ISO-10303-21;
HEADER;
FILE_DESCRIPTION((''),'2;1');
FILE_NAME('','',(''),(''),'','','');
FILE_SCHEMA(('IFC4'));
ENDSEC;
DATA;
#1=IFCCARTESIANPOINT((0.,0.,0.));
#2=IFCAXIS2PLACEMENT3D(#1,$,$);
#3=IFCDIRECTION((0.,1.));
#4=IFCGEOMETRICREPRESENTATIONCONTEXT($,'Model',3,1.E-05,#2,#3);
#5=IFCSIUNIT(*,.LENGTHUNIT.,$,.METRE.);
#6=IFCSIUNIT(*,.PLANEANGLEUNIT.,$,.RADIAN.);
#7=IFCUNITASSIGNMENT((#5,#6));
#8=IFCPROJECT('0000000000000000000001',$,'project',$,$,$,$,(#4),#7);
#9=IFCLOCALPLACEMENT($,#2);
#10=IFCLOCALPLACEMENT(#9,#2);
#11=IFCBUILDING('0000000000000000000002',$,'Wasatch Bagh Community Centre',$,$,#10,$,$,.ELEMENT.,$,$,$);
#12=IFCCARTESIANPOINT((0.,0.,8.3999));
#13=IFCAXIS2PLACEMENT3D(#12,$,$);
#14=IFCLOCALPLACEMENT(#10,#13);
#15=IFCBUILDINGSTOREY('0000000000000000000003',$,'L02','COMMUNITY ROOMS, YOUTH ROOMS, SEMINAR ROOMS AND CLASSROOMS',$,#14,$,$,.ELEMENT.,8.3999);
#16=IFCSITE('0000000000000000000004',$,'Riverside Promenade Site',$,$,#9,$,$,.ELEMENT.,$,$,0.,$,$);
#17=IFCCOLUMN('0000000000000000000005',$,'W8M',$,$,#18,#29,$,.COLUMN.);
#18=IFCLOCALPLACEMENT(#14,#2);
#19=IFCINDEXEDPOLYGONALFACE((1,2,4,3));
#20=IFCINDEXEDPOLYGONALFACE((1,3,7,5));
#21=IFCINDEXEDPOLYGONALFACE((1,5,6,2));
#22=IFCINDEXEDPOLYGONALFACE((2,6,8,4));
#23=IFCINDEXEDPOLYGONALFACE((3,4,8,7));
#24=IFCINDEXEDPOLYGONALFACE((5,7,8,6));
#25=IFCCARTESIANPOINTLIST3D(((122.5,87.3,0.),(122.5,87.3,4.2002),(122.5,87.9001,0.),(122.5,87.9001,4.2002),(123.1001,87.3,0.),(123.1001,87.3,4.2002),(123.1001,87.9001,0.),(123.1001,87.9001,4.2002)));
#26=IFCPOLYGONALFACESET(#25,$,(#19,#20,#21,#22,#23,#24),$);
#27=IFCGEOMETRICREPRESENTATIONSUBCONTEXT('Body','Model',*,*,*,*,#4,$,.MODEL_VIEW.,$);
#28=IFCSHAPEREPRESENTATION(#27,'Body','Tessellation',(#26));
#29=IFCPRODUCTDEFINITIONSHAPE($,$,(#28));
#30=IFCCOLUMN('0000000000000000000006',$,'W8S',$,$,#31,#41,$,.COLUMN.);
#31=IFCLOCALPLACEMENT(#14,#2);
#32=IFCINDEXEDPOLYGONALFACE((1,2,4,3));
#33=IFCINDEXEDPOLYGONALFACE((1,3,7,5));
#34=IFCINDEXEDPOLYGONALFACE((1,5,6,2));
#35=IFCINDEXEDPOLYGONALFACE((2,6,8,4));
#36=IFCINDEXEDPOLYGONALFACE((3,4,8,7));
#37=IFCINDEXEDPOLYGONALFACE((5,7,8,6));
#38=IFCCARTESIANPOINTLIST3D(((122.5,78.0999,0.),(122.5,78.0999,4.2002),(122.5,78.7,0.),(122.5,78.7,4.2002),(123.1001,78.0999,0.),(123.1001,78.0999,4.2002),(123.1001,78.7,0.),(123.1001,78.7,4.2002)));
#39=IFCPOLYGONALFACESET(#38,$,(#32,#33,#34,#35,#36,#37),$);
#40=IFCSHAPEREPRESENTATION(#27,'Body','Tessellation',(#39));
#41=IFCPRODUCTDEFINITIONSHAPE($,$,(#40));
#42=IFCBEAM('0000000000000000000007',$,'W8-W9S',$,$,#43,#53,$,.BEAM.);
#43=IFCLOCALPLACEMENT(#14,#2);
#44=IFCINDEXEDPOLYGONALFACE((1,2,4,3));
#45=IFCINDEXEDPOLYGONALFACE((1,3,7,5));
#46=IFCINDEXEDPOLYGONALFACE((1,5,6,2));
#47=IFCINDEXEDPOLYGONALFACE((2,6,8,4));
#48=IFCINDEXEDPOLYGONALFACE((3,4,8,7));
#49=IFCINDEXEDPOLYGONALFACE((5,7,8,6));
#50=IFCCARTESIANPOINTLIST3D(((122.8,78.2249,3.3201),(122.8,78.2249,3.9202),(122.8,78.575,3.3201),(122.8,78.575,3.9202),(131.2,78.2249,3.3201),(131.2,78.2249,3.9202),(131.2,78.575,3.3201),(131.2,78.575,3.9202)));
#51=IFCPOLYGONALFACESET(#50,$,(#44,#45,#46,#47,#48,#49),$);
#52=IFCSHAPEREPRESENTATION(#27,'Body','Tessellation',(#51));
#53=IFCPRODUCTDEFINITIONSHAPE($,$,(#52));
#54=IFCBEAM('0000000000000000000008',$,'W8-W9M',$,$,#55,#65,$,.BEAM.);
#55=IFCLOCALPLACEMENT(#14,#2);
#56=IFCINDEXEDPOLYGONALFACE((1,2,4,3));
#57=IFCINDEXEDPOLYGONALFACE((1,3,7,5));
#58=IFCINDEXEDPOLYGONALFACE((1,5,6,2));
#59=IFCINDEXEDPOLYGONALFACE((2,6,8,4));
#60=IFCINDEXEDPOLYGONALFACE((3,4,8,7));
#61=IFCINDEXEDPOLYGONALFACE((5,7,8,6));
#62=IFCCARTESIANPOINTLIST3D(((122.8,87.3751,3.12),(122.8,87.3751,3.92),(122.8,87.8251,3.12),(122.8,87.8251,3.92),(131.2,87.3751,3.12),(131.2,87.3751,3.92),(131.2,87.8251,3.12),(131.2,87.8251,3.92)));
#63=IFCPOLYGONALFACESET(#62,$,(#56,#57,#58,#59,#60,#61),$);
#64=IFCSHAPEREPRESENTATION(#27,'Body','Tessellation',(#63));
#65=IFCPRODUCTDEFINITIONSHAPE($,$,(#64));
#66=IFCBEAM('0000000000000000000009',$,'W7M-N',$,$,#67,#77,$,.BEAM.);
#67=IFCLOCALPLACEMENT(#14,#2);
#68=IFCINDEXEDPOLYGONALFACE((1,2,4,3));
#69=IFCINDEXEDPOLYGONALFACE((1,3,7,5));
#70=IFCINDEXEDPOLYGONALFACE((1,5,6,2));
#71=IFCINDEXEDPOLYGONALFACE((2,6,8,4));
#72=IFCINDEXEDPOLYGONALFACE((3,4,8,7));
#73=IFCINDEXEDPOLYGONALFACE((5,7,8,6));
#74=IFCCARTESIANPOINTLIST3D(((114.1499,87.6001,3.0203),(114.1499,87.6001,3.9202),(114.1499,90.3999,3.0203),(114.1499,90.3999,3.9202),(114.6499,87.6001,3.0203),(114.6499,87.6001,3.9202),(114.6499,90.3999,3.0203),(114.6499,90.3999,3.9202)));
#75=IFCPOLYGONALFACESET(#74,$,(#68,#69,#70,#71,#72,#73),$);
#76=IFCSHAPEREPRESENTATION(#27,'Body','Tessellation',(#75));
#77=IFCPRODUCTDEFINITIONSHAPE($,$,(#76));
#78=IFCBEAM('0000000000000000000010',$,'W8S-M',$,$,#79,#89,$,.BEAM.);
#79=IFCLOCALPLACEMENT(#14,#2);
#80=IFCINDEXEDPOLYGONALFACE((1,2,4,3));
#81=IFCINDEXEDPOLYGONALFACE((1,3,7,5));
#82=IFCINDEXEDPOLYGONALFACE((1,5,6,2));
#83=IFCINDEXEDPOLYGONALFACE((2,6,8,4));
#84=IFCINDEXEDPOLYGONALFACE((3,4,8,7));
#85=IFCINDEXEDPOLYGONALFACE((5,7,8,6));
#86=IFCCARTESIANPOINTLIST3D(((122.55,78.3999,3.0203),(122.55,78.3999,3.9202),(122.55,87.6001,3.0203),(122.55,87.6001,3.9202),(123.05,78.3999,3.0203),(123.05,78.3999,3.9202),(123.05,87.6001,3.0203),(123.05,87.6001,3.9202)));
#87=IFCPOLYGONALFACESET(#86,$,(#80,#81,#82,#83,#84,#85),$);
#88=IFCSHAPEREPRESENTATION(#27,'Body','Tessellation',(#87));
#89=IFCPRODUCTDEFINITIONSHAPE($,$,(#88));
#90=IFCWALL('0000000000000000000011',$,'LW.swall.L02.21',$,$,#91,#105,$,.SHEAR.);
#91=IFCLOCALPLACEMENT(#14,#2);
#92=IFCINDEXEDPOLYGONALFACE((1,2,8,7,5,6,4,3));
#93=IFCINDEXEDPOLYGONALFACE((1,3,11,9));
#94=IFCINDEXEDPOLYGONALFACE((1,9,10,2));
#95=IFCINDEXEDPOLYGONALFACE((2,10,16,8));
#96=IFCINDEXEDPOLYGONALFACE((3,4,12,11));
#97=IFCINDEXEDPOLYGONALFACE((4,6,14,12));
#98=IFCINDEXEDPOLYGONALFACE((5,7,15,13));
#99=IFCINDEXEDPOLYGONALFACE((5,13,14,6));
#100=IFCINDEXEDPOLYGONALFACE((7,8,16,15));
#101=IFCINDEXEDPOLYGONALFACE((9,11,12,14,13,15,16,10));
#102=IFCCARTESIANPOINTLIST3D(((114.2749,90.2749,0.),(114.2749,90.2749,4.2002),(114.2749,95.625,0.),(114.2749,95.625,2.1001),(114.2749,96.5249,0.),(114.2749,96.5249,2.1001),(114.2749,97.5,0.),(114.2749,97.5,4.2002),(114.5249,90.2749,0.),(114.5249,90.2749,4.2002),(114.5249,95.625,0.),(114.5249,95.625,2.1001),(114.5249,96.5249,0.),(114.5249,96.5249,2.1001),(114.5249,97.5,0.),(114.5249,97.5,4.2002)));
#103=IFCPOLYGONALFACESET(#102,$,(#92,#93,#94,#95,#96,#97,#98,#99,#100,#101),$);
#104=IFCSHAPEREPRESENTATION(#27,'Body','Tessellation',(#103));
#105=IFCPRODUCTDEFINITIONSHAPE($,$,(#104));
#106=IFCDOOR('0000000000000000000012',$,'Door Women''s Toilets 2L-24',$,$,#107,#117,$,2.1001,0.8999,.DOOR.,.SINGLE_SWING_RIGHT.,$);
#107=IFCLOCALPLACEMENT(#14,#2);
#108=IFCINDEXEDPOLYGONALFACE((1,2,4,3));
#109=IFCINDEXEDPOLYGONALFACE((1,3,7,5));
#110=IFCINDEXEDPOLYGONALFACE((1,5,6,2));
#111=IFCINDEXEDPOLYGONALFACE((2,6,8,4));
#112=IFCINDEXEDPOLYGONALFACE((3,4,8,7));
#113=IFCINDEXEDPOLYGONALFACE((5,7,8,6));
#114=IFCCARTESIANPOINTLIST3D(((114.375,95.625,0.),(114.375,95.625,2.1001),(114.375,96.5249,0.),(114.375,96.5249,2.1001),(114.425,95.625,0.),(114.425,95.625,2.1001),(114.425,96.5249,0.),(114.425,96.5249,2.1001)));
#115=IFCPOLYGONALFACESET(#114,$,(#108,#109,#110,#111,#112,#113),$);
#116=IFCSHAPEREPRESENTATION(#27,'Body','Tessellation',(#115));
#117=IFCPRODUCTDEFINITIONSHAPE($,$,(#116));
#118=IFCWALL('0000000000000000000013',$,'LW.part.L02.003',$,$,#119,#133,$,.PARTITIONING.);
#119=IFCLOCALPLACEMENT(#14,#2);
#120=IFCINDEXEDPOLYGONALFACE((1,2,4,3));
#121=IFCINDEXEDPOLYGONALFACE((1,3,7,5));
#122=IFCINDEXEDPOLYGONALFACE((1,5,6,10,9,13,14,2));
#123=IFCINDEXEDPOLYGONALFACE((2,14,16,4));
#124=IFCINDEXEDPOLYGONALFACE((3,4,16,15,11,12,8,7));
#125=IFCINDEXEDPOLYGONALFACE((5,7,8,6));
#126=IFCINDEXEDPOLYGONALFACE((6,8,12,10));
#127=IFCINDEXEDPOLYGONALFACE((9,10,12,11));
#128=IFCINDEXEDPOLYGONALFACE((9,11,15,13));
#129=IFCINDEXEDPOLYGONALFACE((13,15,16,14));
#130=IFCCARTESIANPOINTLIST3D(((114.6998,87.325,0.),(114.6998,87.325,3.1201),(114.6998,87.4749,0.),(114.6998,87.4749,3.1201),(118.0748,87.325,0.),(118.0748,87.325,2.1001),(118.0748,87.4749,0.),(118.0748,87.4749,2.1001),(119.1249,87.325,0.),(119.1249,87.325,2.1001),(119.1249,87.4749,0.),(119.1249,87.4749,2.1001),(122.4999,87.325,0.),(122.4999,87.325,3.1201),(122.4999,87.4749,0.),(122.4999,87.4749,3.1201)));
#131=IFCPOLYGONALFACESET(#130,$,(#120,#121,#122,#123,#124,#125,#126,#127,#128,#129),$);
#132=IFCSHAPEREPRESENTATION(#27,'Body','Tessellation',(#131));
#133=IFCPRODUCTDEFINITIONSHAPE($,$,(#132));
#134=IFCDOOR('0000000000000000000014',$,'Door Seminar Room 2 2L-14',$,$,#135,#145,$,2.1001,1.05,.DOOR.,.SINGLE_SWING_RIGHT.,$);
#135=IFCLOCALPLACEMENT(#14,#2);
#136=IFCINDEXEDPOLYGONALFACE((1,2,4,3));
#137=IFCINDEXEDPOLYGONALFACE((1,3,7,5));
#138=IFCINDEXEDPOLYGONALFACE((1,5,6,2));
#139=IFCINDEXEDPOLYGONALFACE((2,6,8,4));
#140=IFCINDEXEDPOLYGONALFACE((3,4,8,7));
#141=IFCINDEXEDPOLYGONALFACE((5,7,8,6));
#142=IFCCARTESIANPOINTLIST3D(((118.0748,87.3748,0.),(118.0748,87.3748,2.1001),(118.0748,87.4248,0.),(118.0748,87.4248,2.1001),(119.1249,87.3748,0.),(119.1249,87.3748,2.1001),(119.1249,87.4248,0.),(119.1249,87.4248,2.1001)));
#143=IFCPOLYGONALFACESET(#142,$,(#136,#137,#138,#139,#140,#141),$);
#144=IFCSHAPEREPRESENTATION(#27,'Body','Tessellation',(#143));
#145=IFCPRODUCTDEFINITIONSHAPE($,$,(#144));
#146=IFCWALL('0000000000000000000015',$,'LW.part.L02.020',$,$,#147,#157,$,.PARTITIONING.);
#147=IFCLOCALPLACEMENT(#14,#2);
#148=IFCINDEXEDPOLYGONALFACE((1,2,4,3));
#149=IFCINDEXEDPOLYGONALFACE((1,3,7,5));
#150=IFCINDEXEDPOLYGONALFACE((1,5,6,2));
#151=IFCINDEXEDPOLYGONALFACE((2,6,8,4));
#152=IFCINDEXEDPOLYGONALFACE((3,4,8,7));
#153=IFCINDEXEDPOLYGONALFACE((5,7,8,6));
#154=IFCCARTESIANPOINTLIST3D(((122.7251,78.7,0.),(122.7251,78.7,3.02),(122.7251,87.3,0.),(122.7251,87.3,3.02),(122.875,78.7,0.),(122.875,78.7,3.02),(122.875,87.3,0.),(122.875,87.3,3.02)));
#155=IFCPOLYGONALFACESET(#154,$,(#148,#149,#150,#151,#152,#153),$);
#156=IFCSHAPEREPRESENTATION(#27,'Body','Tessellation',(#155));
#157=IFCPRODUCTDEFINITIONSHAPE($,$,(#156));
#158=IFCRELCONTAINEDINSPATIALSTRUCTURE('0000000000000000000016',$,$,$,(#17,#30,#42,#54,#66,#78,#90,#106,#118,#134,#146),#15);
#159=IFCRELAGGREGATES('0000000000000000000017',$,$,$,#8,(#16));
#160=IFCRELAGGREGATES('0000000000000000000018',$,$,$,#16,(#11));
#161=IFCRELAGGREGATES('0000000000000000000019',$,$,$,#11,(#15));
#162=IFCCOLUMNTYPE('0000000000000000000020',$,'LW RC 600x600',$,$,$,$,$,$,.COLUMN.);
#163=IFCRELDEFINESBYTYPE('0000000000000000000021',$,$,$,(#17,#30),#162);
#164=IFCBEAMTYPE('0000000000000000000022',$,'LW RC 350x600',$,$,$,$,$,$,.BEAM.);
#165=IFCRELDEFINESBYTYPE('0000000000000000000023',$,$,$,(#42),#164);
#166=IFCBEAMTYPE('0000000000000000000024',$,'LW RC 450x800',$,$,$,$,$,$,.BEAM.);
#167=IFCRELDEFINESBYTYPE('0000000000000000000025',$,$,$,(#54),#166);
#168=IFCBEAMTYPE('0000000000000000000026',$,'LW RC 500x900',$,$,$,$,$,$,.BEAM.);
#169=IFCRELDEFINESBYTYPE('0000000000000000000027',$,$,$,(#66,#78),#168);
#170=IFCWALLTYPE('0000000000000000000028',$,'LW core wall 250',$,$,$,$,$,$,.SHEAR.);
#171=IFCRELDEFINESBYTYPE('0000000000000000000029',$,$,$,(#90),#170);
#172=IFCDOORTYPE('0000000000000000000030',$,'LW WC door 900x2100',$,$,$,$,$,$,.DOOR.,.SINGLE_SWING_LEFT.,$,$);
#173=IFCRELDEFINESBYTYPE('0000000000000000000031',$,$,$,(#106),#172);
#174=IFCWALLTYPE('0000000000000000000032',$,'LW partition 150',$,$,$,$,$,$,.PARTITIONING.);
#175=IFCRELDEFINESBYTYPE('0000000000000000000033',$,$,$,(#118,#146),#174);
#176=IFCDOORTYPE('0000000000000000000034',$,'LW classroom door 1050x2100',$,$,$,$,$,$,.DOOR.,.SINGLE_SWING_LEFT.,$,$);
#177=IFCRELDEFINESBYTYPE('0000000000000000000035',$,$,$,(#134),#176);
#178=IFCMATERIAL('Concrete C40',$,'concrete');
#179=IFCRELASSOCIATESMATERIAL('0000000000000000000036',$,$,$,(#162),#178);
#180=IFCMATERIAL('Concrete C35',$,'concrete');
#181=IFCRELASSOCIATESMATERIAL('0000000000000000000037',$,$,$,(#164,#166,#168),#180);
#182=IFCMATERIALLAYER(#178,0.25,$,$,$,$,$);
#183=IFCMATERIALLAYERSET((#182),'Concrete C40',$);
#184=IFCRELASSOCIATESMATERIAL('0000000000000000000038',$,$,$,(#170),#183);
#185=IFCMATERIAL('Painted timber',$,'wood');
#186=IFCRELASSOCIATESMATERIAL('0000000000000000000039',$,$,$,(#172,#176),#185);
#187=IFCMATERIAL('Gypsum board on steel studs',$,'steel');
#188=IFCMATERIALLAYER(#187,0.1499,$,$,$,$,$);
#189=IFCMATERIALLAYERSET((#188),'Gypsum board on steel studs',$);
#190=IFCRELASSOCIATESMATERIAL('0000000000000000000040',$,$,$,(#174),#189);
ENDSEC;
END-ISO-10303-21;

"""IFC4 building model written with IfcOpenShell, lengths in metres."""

from ifc_helpers import new_model, si_unit, direction, frame, frame_2d, origin, origin_2d, place, context, subcontext, project, spatial, rectangle, extrude, material, layer, layer_set, material_profile, profile_set, type_object, element, fill, save


model = new_model("IFC4")

# Units and contexts
model_context = context("Model", 3, precision=1e-05, world=origin(), true_north=direction((0.0, 1.0)))
body_context = subcontext(model_context, "Body", "Model", "MODEL_VIEW")
ifc_project = project(units=[si_unit("LENGTHUNIT", "METRE"), si_unit("PLANEANGLEUNIT", "RADIAN")], contexts=[model_context])

# Site, building, storey
site_placement = place(None, origin())
site = spatial("IfcSite", under=ifc_project, at=site_placement, Name="Riverside Promenade Site", CompositionType="ELEMENT", RefElevation=0.0)
building_placement = place(site_placement, origin())
building = spatial("IfcBuilding", under=site, at=building_placement, Name="Wasatch Bagh Community Centre", CompositionType="ELEMENT")
storey_placement = place(building_placement, frame((0.0, 0.0, 8.3999)))
storey = spatial("IfcBuildingStorey", under=building, at=storey_placement, Name="L02", Description="COMMUNITY ROOMS, YOUTH ROOMS, SEMINAR ROOMS AND CLASSROOMS", CompositionType="ELEMENT", Elevation=8.3999)

# Columns
ifc_material_1 = material(Name="Concrete C40", Category="concrete")
ifc_material_profile_1 = material_profile(ifc_material_1, rectangle(XDim=0.6001, YDim=0.6001, at=origin_2d()), Name="RC 600x600")
ifc_profile_set_1 = profile_set([ifc_material_profile_1], Name="Concrete C40")
column_type = type_object("IfcColumnType", Name="LW RC 600x600", PredefinedType="COLUMN", material=ifc_profile_set_1)
for number, where, z_axis, x_axis, name in (
    (1, (122.8, 87.6001, 0.0), (0.0, 0.0, 1.0), (1.0, 0.0, 0.0), "W8M"),
    (2, (122.8, 78.3999, 0.0), (0.0, 0.0, 1.0), (1.0, 0.0, 0.0), "W8S"),
):
    element("IfcColumn", number, at=place(storey_placement, frame(where, z_axis=z_axis, x_axis=x_axis)), inside=storey, type_object=column_type, Name=name, PredefinedType="COLUMN", context=body_context, shape_type="SweptSolid", body=[
        extrude(rectangle(XDim=0.6001, YDim=0.6001, at=origin_2d()), origin(), (0.0, 0.0, 1.0), 4.2002),
    ])

# Beams
ifc_material_2 = material(Name="Concrete C35", Category="concrete")
ifc_material_profile_2 = material_profile(ifc_material_2, rectangle(XDim=0.3501, YDim=0.6001, at=origin_2d()), Name="RC 350x600")
ifc_profile_set_2 = profile_set([ifc_material_profile_2], Name="Concrete C35")
beam_type_1 = type_object("IfcBeamType", Name="LW RC 350x600", PredefinedType="BEAM", material=ifc_profile_set_2)
beam_1_placement = place(storey_placement, frame((122.8, 78.3999, 3.6201), z_axis=(1.0, 0.0, 0.0), x_axis=(0.0, 1.0, 0.0)))
element("IfcBeam", 3, at=beam_1_placement, inside=storey, type_object=beam_type_1, Name="W8-W9S", PredefinedType="BEAM", context=body_context, shape_type="SweptSolid", body=[
    extrude(rectangle(XDim=0.3501, YDim=0.6001, at=origin_2d()), origin(), (0.0, 0.0, 1.0), 8.3999),
])
ifc_material_profile_3 = material_profile(ifc_material_2, rectangle(XDim=0.45, YDim=0.8, at=origin_2d()), Name="RC 450x800")
ifc_profile_set_3 = profile_set([ifc_material_profile_3], Name="Concrete C35")
beam_type_2 = type_object("IfcBeamType", Name="LW RC 450x800", PredefinedType="BEAM", material=ifc_profile_set_3)
beam_2_placement = place(storey_placement, frame((122.8, 87.6001, 3.52), z_axis=(1.0, 0.0, 0.0), x_axis=(0.0, 1.0, 0.0)))
element("IfcBeam", 4, at=beam_2_placement, inside=storey, type_object=beam_type_2, Name="W8-W9M", PredefinedType="BEAM", context=body_context, shape_type="SweptSolid", body=[
    extrude(rectangle(XDim=0.45, YDim=0.8, at=origin_2d()), origin(), (0.0, 0.0, 1.0), 8.3999),
])
ifc_material_profile_4 = material_profile(ifc_material_2, rectangle(XDim=0.5, YDim=0.8999, at=origin_2d()), Name="RC 500x900")
ifc_profile_set_4 = profile_set([ifc_material_profile_4], Name="Concrete C35")
beam_type_3 = type_object("IfcBeamType", Name="LW RC 500x900", PredefinedType="BEAM", material=ifc_profile_set_4)
beam_3_placement = place(storey_placement, frame((114.3999, 87.6001, 3.4702), z_axis=(0.0, 1.0, 0.0), x_axis=(-1.0, 0.0, 0.0)))
element("IfcBeam", 5, at=beam_3_placement, inside=storey, type_object=beam_type_3, Name="W7M-N", PredefinedType="BEAM", context=body_context, shape_type="SweptSolid", body=[
    extrude(rectangle(XDim=0.5, YDim=0.8999, at=origin_2d()), origin(), (0.0, 0.0, 1.0), 2.7998),
])
beam_4_placement = place(storey_placement, frame((122.8, 78.3999, 3.4702), z_axis=(0.0, 1.0, 0.0), x_axis=(-1.0, 0.0, 0.0)))
element("IfcBeam", 6, at=beam_4_placement, inside=storey, type_object=beam_type_3, Name="W8S-M", PredefinedType="BEAM", context=body_context, shape_type="SweptSolid", body=[
    extrude(rectangle(XDim=0.5, YDim=0.8999, at=origin_2d()), origin(), (0.0, 0.0, 1.0), 9.2002),
])

# Wall, opening, door
ifc_layer_1 = layer(ifc_material_1, 0.25)
ifc_layer_set_1 = layer_set([ifc_layer_1], Name="Concrete C40")
wall_type_1 = type_object("IfcWallType", Name="LW core wall 250", PredefinedType="SHEAR", material=ifc_layer_set_1)
wall_1_placement = place(storey_placement, frame((114.3999, 90.2749, 0.0), z_axis=(0.0, 0.0, 1.0), x_axis=(0.0, 1.0, 0.0)))
wall_1 = element("IfcWall", 7, at=wall_1_placement, inside=storey, type_object=wall_type_1, Name="LW.swall.L02.21", PredefinedType="SHEAR", context=body_context, shape_type="SweptSolid", body=[
    extrude(rectangle(XDim=7.2251, YDim=0.25, at=frame_2d((3.6125, 0.0))), origin(), (0.0, 0.0, 1.0), 4.2002),
])
opening_1_placement = place(wall_1_placement, frame((5.3501, 0.0, 0.0)))
opening_1 = element("IfcOpeningElement", 8, at=opening_1_placement, cuts=wall_1, PredefinedType="OPENING", context=body_context, shape_type="SweptSolid", body=[
    extrude(rectangle(XDim=0.8999, YDim=2.1001, at=frame_2d((0.45, 1.05))), frame((0.0, 0.135, 0.0), z_axis=(0.0, -1.0, 0.0), x_axis=(1.0, 0.0, 0.0)), (0.0, 0.0, 1.0), 0.27),
])
ifc_material_3 = material(Name="Painted timber", Category="wood")
door_type_1 = type_object("IfcDoorType", Name="LW WC door 900x2100", OperationType="SINGLE_SWING_LEFT", PredefinedType="DOOR", material=ifc_material_3)
door_1_placement = place(opening_1_placement, origin())
door_1 = element("IfcDoor", 9, at=door_1_placement, inside=storey, type_object=door_type_1, Name="Door Women's Toilets 2L-24", OperationType="SINGLE_SWING_RIGHT", OverallHeight=2.1001, OverallWidth=0.8999, PredefinedType="DOOR", context=body_context, shape_type="SweptSolid", body=[
    extrude(rectangle(XDim=0.8999, YDim=2.1001, at=frame_2d((0.45, 1.05))), frame((0.0, 0.0249, 0.0), z_axis=(0.0, -1.0, 0.0), x_axis=(1.0, 0.0, 0.0)), (0.0, 0.0, 1.0), 0.05),
])
fill(opening_1, door_1)

# Wall, opening, door
ifc_material_4 = material(Name="Gypsum board on steel studs", Category="steel")
ifc_layer_2 = layer(ifc_material_4, 0.1499)
ifc_layer_set_2 = layer_set([ifc_layer_2], Name="Gypsum board on steel studs")
wall_type_2 = type_object("IfcWallType", Name="LW partition 150", PredefinedType="PARTITIONING", material=ifc_layer_set_2)
wall_2_placement = place(storey_placement, frame((114.7, 87.3999, 0.0), z_axis=(0.0, 0.0, 1.0), x_axis=(1.0, 0.0, 0.0)))
wall_2 = element("IfcWall", 10, at=wall_2_placement, inside=storey, type_object=wall_type_2, Name="LW.part.L02.003", PredefinedType="PARTITIONING", context=body_context, shape_type="SweptSolid", body=[
    extrude(rectangle(XDim=7.8, YDim=0.1499, at=frame_2d((3.8999, 0.0))), origin(), (0.0, 0.0, 1.0), 3.1201),
])
opening_2_placement = place(wall_2_placement, frame((3.375, 0.0, 0.0)))
opening_2 = element("IfcOpeningElement", 11, at=opening_2_placement, cuts=wall_2, PredefinedType="OPENING", context=body_context, shape_type="SweptSolid", body=[
    extrude(rectangle(XDim=1.05, YDim=2.1001, at=frame_2d((0.5249, 1.05))), frame((0.0, 0.085, 0.0), z_axis=(0.0, -1.0, 0.0), x_axis=(1.0, 0.0, 0.0)), (0.0, 0.0, 1.0), 0.1699),
])
door_type_2 = type_object("IfcDoorType", Name="LW classroom door 1050x2100", OperationType="SINGLE_SWING_LEFT", PredefinedType="DOOR", material=ifc_material_3)
door_2_placement = place(opening_2_placement, origin())
door_2 = element("IfcDoor", 12, at=door_2_placement, inside=storey, type_object=door_type_2, Name="Door Seminar Room 2 2L-14", OperationType="SINGLE_SWING_RIGHT", OverallHeight=2.1001, OverallWidth=1.05, PredefinedType="DOOR", context=body_context, shape_type="SweptSolid", body=[
    extrude(rectangle(XDim=1.05, YDim=2.1001, at=frame_2d((0.5249, 1.05))), frame((0.0, 0.0249, 0.0), z_axis=(0.0, -1.0, 0.0), x_axis=(1.0, 0.0, 0.0)), (0.0, 0.0, 1.0), 0.05),
])
fill(opening_2, door_2)

# Wall
wall_3_placement = place(storey_placement, frame((122.8, 78.7, 0.0), z_axis=(0.0, 0.0, 1.0), x_axis=(0.0, 1.0, 0.0)))
element("IfcWall", 13, at=wall_3_placement, inside=storey, type_object=wall_type_2, Name="LW.part.L02.020", PredefinedType="PARTITIONING", context=body_context, shape_type="SweptSolid", body=[
    extrude(rectangle(XDim=8.6001, YDim=0.1499, at=frame_2d((4.3, 0.0))), origin(), (0.0, 0.0, 1.0), 3.02),
])

save(model, "model.ifc")
